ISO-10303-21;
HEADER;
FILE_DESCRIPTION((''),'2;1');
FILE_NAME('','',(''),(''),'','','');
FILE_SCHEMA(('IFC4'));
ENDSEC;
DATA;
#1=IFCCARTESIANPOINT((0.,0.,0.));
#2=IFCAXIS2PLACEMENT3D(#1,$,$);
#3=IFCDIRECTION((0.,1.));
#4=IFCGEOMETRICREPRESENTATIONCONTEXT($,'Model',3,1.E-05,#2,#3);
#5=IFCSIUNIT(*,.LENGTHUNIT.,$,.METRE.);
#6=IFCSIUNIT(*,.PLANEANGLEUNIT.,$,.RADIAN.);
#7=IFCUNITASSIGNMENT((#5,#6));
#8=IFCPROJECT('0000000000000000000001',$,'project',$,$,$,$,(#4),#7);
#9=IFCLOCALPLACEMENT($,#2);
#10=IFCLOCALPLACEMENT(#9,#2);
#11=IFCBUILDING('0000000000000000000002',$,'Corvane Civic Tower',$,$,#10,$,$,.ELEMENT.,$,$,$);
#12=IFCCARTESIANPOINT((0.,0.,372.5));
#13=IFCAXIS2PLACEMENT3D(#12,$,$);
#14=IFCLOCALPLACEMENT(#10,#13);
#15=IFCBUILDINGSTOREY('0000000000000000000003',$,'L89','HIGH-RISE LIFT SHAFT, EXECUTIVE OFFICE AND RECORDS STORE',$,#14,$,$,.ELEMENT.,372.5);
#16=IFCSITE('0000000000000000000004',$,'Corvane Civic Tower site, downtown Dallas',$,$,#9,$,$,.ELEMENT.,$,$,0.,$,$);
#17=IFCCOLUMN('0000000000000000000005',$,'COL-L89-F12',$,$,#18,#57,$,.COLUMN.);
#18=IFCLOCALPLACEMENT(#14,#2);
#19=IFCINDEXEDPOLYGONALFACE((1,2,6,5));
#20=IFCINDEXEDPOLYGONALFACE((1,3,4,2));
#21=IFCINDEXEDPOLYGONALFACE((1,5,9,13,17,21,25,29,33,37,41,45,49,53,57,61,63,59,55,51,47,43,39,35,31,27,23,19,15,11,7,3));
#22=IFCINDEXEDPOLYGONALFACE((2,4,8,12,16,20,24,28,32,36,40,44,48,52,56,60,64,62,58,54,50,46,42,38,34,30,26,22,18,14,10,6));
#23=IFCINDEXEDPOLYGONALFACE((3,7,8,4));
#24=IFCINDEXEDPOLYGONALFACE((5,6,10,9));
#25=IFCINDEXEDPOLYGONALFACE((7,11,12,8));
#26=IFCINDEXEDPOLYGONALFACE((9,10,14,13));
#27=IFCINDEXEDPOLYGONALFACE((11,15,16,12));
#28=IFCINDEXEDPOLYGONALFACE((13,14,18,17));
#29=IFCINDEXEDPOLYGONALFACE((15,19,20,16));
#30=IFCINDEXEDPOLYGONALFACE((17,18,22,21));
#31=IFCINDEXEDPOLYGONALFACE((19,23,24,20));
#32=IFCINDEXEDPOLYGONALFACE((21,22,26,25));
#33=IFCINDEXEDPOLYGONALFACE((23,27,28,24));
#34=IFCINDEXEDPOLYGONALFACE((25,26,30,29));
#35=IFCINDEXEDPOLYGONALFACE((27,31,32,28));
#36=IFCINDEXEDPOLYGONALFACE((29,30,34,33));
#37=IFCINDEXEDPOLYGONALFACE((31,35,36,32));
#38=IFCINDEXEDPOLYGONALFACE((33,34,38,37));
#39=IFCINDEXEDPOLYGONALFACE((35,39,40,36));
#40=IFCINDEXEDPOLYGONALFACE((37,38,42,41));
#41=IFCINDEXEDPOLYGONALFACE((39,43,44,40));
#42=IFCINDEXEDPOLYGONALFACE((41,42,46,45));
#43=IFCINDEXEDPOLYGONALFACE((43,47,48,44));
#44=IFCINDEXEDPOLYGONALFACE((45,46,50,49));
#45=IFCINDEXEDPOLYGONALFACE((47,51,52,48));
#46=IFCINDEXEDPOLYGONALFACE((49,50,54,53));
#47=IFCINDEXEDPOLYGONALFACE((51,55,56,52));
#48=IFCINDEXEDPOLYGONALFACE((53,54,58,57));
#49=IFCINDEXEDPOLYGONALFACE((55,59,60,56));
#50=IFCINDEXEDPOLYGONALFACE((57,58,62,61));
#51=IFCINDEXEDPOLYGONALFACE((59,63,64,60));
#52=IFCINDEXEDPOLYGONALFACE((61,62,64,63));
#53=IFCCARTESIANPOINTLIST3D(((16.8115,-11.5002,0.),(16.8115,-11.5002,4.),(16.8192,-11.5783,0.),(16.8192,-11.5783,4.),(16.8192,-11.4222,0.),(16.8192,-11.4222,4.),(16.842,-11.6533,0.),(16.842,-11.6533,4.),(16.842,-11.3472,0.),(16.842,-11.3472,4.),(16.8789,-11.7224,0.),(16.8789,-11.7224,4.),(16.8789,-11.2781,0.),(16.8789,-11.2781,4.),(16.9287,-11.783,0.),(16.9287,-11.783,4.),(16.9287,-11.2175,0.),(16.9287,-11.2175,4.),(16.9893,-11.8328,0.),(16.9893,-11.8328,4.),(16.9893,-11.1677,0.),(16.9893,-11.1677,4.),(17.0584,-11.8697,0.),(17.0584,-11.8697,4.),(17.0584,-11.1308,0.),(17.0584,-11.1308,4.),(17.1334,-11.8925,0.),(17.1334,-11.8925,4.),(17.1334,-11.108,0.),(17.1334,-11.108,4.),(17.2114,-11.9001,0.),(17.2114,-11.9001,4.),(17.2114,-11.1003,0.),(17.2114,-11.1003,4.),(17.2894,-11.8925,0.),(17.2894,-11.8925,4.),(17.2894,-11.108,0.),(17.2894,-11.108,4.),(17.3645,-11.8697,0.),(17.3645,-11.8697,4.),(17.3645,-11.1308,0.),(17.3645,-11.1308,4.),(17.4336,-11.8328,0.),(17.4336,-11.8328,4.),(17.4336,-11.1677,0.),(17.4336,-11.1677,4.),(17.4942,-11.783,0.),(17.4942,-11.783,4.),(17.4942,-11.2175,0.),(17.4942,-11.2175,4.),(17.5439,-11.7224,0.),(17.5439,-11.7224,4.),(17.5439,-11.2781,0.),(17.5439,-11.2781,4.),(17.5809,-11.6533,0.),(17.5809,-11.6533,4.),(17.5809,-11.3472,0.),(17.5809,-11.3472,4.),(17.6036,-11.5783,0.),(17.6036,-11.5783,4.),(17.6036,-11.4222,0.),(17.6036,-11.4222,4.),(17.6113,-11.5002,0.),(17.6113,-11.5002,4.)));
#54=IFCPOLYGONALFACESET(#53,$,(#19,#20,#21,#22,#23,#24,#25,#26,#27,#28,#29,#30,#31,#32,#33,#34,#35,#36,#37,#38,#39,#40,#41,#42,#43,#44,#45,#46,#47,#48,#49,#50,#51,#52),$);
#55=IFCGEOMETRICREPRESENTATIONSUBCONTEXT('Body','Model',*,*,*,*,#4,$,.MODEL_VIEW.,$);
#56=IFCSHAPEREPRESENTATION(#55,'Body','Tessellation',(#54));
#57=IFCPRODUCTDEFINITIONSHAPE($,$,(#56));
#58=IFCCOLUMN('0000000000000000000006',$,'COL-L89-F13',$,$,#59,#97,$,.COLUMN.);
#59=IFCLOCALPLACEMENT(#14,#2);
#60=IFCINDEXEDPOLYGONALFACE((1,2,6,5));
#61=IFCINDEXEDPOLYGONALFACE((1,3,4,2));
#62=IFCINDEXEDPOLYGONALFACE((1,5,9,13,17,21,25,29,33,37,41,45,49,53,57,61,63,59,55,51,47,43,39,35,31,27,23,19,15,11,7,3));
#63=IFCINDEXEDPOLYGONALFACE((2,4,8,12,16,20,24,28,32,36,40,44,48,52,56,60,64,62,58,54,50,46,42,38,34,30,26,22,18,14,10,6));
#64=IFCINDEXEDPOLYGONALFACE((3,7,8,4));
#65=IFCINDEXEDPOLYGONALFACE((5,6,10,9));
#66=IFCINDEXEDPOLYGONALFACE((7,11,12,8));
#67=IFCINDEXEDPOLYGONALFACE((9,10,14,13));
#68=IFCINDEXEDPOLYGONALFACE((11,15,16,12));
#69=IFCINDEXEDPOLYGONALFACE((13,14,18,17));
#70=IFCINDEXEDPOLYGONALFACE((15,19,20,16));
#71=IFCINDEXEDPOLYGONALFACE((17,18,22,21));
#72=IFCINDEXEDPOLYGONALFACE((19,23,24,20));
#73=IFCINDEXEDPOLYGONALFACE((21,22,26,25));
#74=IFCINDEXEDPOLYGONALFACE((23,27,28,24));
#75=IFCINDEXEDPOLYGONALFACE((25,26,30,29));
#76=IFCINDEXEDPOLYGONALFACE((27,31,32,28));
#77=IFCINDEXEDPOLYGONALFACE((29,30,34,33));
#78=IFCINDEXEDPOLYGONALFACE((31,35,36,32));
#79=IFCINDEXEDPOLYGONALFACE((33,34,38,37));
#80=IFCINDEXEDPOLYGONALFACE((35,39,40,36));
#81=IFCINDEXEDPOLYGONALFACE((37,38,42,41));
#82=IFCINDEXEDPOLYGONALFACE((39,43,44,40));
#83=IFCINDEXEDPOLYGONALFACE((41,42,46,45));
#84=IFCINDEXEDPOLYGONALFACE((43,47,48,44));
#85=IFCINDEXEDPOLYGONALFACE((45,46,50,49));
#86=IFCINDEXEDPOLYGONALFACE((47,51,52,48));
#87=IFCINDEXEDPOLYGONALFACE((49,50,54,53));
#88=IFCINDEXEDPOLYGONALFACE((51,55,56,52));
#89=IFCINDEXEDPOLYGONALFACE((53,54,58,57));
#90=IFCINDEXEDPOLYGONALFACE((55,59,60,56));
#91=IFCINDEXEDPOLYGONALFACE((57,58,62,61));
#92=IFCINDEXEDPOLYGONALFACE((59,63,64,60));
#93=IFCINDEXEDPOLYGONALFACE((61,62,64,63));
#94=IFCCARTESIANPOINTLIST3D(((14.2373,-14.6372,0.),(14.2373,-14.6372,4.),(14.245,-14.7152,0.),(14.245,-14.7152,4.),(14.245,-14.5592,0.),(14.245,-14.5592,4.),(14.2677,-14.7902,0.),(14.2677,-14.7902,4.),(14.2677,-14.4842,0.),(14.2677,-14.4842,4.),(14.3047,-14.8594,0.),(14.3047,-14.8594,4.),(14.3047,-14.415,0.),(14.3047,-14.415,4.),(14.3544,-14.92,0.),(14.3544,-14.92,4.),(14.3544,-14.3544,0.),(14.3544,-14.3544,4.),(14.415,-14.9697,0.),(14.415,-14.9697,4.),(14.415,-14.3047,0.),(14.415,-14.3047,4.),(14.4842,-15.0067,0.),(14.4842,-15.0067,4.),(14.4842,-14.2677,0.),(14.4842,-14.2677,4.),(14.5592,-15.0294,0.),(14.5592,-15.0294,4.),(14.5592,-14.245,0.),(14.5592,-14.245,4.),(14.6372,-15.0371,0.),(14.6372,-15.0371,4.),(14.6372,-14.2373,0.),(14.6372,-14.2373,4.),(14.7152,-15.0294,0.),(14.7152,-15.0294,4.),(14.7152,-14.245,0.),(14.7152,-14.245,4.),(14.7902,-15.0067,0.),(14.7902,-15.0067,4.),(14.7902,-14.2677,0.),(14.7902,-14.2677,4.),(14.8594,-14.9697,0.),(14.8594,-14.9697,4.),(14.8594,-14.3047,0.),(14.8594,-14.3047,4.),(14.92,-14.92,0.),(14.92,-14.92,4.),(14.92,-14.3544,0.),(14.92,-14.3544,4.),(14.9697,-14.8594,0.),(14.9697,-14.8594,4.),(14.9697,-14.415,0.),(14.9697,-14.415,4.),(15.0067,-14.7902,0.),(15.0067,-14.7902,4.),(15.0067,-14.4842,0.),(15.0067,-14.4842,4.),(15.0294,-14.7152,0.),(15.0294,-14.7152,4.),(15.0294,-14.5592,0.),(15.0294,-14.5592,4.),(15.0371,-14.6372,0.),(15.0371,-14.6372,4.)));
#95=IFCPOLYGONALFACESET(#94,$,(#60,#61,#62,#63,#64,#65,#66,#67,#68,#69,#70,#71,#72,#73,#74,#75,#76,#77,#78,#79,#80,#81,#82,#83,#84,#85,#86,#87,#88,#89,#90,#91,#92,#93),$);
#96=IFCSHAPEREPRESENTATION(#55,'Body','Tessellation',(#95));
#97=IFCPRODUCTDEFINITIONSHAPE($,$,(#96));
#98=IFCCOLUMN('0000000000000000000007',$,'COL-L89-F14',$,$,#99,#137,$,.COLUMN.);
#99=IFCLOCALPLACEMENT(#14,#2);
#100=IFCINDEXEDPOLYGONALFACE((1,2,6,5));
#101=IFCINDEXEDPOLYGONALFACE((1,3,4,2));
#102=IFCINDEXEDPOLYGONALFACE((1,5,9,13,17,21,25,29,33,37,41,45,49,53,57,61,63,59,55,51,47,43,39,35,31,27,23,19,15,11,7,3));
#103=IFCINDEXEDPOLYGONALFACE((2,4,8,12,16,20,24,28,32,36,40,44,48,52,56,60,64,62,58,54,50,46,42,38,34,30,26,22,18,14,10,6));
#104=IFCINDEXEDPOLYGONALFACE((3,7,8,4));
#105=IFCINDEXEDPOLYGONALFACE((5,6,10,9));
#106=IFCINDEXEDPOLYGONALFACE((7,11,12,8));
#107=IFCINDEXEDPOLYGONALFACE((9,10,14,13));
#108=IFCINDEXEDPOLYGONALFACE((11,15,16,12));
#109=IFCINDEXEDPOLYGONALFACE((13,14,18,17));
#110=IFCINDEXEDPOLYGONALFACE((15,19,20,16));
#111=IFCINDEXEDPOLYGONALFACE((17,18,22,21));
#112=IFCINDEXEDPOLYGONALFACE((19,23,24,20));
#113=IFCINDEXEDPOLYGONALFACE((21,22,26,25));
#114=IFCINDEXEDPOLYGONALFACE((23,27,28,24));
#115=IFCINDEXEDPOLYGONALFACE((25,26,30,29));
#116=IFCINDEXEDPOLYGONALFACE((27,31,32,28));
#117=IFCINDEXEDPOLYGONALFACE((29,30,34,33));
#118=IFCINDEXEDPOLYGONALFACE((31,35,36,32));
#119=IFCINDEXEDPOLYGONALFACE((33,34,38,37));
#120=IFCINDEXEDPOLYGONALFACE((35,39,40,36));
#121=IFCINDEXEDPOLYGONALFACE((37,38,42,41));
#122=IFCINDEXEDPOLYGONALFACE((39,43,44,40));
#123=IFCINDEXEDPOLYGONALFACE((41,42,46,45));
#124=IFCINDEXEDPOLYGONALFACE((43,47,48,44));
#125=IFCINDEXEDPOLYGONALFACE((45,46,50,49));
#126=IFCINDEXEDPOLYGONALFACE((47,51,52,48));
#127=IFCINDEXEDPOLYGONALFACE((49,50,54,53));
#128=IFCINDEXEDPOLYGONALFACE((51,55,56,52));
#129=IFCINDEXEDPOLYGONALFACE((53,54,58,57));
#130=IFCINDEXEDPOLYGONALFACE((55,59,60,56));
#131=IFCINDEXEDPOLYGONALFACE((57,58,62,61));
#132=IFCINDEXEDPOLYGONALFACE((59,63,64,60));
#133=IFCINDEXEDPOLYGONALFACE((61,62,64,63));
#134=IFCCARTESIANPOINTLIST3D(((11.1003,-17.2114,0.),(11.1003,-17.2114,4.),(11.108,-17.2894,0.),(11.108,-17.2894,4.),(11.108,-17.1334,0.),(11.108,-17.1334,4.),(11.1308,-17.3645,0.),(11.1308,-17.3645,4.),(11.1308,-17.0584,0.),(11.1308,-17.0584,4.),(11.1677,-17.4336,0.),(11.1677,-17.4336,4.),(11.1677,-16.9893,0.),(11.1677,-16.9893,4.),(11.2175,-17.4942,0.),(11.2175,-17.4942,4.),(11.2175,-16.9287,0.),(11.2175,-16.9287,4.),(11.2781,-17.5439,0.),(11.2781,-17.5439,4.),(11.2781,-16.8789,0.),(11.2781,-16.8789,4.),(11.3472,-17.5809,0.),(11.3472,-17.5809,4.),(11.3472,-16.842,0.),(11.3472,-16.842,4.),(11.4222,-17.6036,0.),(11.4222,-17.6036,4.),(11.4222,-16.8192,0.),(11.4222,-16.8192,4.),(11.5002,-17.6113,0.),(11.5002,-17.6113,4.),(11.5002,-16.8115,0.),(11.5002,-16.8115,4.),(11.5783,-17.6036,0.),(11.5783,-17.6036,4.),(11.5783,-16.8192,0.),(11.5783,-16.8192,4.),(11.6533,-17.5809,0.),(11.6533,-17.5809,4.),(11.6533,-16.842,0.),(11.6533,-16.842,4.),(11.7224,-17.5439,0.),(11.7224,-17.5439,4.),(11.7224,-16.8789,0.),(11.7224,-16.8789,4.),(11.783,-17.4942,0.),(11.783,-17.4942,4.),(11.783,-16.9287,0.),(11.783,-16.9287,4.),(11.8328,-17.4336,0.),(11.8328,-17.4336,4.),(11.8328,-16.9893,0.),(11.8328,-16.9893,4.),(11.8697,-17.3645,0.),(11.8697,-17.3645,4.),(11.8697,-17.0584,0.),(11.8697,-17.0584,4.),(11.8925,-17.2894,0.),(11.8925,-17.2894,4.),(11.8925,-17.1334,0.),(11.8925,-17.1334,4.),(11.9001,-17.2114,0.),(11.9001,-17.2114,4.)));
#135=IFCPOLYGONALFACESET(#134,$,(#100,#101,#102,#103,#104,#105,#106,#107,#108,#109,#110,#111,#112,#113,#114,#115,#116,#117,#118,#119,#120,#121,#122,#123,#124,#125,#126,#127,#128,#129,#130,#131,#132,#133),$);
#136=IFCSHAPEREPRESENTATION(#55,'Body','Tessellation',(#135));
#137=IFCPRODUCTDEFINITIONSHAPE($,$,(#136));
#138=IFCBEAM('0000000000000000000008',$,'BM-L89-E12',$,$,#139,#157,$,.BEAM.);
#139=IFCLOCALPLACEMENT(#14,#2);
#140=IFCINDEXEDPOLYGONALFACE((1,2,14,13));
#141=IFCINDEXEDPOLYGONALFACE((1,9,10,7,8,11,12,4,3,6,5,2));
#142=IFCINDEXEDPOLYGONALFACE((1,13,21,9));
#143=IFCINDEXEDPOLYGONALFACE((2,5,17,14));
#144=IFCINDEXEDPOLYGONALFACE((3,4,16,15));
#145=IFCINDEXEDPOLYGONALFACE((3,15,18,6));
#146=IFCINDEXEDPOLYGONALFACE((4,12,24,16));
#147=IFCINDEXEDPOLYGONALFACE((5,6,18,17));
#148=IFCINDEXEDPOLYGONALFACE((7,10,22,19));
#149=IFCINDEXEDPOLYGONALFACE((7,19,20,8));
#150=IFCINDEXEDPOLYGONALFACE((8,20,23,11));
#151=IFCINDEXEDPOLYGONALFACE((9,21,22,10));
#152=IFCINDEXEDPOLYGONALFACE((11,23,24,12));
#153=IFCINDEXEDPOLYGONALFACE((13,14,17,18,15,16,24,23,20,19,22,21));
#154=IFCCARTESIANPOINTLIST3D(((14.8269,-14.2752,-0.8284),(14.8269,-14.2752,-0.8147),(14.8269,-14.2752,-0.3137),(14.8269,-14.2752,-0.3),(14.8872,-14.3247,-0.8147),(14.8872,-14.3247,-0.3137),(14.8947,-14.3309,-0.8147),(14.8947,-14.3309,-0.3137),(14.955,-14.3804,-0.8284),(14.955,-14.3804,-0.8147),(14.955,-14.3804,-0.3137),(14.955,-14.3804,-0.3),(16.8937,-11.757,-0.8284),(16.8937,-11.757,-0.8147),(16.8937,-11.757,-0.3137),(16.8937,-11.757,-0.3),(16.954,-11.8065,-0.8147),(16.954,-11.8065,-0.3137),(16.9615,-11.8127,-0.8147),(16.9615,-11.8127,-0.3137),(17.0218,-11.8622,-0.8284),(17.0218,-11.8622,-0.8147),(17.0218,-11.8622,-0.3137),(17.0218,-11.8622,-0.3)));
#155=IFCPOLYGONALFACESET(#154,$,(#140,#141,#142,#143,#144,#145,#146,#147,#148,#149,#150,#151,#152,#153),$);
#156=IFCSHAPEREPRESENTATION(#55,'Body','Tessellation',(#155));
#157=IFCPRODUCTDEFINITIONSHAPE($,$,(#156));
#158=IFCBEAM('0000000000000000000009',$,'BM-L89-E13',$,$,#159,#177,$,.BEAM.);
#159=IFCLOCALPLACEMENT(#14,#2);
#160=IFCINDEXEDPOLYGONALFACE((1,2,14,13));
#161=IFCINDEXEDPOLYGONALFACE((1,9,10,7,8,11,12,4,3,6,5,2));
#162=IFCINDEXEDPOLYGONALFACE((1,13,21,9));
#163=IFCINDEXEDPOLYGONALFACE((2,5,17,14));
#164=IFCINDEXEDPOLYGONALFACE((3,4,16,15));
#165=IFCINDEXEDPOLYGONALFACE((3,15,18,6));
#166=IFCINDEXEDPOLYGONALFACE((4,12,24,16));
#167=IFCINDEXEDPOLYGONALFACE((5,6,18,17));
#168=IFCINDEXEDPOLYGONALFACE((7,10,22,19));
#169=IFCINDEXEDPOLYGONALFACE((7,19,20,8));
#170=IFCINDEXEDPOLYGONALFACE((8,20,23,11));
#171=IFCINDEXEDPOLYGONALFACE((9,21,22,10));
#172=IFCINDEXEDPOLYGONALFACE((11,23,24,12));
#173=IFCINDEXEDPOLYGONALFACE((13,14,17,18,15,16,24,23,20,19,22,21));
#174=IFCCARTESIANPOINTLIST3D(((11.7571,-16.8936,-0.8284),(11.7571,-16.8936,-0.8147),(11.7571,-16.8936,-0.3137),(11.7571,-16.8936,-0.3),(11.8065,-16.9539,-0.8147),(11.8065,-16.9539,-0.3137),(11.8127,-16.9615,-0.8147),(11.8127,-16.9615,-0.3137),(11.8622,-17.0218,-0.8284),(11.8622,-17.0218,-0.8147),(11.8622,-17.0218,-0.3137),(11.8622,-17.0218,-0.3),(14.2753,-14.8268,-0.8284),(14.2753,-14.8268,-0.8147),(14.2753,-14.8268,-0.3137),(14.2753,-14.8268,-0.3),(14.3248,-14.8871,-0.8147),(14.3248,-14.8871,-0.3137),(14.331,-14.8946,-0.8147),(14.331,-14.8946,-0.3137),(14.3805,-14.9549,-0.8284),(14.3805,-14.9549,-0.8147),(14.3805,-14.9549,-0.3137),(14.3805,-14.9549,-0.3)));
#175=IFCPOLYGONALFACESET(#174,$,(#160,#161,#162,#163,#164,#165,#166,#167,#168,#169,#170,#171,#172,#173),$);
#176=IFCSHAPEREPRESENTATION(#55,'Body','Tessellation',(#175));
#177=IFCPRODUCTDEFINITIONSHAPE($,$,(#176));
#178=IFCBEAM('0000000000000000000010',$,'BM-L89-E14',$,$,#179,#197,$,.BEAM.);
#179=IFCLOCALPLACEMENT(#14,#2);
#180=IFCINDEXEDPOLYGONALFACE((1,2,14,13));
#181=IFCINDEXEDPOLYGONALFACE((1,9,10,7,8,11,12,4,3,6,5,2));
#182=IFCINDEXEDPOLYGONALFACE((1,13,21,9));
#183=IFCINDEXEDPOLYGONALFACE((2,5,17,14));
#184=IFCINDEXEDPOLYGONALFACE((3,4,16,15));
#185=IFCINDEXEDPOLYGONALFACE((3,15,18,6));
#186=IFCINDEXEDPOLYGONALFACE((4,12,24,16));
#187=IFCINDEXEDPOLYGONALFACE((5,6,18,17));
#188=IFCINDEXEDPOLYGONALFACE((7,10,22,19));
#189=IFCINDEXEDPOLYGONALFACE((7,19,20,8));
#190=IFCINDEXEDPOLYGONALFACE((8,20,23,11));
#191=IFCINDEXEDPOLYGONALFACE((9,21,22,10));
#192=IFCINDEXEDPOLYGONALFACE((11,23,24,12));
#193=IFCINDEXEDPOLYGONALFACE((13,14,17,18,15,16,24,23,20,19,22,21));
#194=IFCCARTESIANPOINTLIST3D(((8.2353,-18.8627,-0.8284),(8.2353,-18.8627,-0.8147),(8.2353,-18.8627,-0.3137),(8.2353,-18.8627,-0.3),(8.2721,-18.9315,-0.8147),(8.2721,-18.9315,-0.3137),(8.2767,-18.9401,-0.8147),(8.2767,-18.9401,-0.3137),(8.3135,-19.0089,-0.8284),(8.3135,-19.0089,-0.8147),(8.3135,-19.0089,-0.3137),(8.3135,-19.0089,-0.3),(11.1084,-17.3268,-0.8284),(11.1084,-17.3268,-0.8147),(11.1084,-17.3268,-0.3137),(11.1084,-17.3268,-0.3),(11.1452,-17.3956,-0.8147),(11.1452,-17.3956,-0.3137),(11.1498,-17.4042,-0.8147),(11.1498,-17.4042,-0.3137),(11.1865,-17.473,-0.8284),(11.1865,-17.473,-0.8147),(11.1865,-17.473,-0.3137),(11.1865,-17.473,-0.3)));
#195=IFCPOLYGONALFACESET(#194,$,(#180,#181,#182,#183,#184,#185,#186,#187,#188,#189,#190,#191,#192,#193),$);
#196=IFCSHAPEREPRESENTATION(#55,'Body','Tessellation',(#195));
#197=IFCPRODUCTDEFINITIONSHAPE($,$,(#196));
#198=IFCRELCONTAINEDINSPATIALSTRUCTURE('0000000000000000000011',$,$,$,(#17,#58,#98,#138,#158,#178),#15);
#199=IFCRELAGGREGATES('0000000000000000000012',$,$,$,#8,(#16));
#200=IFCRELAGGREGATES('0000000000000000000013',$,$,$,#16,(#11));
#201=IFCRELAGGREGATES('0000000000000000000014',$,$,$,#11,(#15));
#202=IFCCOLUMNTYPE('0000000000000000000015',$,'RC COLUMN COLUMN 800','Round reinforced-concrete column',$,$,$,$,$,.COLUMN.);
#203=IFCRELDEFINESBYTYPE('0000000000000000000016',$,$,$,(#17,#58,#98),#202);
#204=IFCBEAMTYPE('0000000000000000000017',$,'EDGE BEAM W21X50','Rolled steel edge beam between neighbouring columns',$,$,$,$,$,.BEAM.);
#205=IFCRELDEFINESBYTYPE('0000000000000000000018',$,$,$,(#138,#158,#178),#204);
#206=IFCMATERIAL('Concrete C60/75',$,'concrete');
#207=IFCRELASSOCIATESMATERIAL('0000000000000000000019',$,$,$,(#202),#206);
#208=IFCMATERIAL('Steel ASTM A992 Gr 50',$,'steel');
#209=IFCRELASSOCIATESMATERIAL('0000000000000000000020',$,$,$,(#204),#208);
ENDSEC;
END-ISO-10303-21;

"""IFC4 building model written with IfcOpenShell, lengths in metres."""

from ifc_helpers import new_model, si_unit, direction, frame, origin, origin_2d, place, context, subcontext, project, spatial, circle, i_section, extrude, material, material_profile, profile_set, type_object, element, save


model = new_model("IFC4")

# Units and contexts
model_context = context("Model", 3, precision=1e-05, world=origin(), true_north=direction((0.0, 1.0)))
body_context = subcontext(model_context, "Body", "Model", "MODEL_VIEW")
ifc_project = project(units=[si_unit("LENGTHUNIT", "METRE"), si_unit("PLANEANGLEUNIT", "RADIAN")], contexts=[model_context])

# Site, building, storey
site_placement = place(None, origin())
site = spatial("IfcSite", under=ifc_project, at=site_placement, Name="Corvane Civic Tower site, downtown Dallas", CompositionType="ELEMENT", RefElevation=0.0)
building_placement = place(site_placement, origin())
building = spatial("IfcBuilding", under=site, at=building_placement, Name="Corvane Civic Tower", CompositionType="ELEMENT")
storey_placement = place(building_placement, frame((0.0, 0.0, 372.5)))
storey = spatial("IfcBuildingStorey", under=building, at=storey_placement, Name="L89", Description="HIGH-RISE LIFT SHAFT, EXECUTIVE OFFICE AND RECORDS STORE", CompositionType="ELEMENT", Elevation=372.5)

# Columns
ifc_material_1 = material(Name="Concrete C60/75", Category="concrete")
ifc_material_profile_1 = material_profile(ifc_material_1, circle(Radius=0.3999, at=origin_2d()), Name="COLUMN 800")
ifc_profile_set_1 = profile_set([ifc_material_profile_1], Name="Concrete C60/75")
column_type = type_object("IfcColumnType", Name="RC COLUMN COLUMN 800", Description="Round reinforced-concrete column", PredefinedType="COLUMN", material=ifc_profile_set_1)
for number, where, z_axis, x_axis, name in (
    (1, (17.2114, -11.5002, 0.0), (0.0, 0.0, 1.0), (1.0, 0.0, 0.0), "COL-L89-F12"),
    (2, (14.6372, -14.6372, 0.0), (0.0, 0.0, 1.0), (1.0, 0.0, 0.0), "COL-L89-F13"),
    (3, (11.5002, -17.2114, 0.0), (0.0, 0.0, 1.0), (1.0, 0.0, 0.0), "COL-L89-F14"),
):
    element("IfcColumn", number, at=place(storey_placement, frame(where, z_axis=z_axis, x_axis=x_axis)), inside=storey, type_object=column_type, Name=name, PredefinedType="COLUMN", context=body_context, shape_type="SweptSolid", body=[
        extrude(circle(Radius=0.3999, at=origin_2d()), origin(), (0.0, 0.0, 1.0), 4.0),
    ])

# Beams
ifc_material_2 = material(Name="Steel ASTM A992 Gr 50", Category="steel")
ifc_material_profile_2 = material_profile(ifc_material_2, i_section(OverallWidth=0.1658, OverallDepth=0.5283, WebThickness=0.0098, FlangeThickness=0.0137, at=origin_2d()), Name="W21X50")
ifc_profile_set_2 = profile_set([ifc_material_profile_2], Name="Steel ASTM A992 Gr 50")
beam_type_1 = type_object("IfcBeamType", Name="EDGE BEAM W21X50", Description="Rolled steel edge beam between neighbouring columns", PredefinedType="BEAM", material=ifc_profile_set_2)
for number, where, z_axis, x_axis, name in (
    (4, (16.9578, -11.8096, -0.5642), (-0.634425, -0.772985, 0.0), (0.772985, -0.634425, 0.0), "BM-L89-E12"),
    (5, (14.3279, -14.8909, -0.5642), (-0.772985, -0.634425, 0.0), (0.634425, -0.772985, 0.0), "BM-L89-E13"),
    (6, (11.1475, -17.3999, -0.5642), (-0.881894, -0.471448, 0.0), (0.471448, -0.881894, 0.0), "BM-L89-E14"),
):
    element("IfcBeam", number, at=place(storey_placement, frame(where, z_axis=z_axis, x_axis=x_axis)), inside=storey, type_object=beam_type_1, Name=name, PredefinedType="BEAM", context=body_context, shape_type="SweptSolid", body=[
        extrude(i_section(OverallWidth=0.1658, OverallDepth=0.5283, WebThickness=0.0098, FlangeThickness=0.0137, at=origin_2d()), origin(), (0.0, 0.0, 1.0), 3.2578),
    ])

save(model, "model.ifc")
